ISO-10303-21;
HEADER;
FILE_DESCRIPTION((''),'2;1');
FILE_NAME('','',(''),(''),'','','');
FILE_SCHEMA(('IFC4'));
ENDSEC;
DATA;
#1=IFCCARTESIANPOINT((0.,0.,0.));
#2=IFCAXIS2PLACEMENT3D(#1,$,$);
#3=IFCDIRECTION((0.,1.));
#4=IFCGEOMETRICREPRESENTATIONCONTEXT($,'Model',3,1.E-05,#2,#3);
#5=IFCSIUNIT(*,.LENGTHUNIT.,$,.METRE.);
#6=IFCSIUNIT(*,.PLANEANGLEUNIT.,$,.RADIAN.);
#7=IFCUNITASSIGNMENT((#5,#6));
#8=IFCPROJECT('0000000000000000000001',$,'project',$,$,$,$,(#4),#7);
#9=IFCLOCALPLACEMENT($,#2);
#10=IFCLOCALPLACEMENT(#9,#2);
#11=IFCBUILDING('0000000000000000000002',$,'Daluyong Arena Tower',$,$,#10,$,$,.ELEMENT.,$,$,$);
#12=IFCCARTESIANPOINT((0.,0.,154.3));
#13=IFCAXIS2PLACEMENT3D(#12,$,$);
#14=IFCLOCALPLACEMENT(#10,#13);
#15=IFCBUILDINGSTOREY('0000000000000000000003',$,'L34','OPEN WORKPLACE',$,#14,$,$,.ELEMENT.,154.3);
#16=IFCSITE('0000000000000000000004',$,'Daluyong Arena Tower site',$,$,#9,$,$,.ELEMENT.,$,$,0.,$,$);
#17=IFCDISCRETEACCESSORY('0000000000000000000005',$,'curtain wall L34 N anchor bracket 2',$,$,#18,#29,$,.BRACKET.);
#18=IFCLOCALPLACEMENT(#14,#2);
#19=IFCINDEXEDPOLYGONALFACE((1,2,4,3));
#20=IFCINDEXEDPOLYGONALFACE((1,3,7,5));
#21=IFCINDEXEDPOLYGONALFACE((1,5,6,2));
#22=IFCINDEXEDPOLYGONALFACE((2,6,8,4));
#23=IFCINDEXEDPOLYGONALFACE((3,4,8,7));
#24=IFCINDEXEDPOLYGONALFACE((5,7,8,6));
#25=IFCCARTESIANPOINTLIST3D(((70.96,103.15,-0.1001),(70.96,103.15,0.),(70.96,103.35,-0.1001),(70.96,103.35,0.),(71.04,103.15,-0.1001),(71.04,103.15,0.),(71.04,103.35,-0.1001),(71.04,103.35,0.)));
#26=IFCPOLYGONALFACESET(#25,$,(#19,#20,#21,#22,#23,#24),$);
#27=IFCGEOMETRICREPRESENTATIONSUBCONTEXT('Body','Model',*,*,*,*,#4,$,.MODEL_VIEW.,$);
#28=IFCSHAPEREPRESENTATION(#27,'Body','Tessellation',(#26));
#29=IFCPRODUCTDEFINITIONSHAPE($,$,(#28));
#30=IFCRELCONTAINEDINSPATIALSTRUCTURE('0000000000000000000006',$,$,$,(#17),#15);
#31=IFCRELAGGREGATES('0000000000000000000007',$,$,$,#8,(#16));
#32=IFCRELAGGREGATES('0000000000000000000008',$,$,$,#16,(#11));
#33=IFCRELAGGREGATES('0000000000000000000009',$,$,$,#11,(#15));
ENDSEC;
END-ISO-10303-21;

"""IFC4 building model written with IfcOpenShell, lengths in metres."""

from ifc_helpers import new_model, si_unit, direction, frame, origin, origin_2d, place, context, subcontext, project, spatial, rectangle, extrude, element, save


model = new_model("IFC4")

# Units and contexts
model_context = context("Model", 3, precision=1e-05, world=origin(), true_north=direction((0.0, 1.0)))
body_context = subcontext(model_context, "Body", "Model", "MODEL_VIEW")
ifc_project = project(units=[si_unit("LENGTHUNIT", "METRE"), si_unit("PLANEANGLEUNIT", "RADIAN")], contexts=[model_context])

# Site, building, storey
site_placement = place(None, origin())
site = spatial("IfcSite", under=ifc_project, at=site_placement, Name="Daluyong Arena Tower site", CompositionType="ELEMENT", RefElevation=0.0)
building_placement = place(site_placement, origin())
building = spatial("IfcBuilding", under=site, at=building_placement, Name="Daluyong Arena Tower", CompositionType="ELEMENT")
storey_placement = place(building_placement, frame((0.0, 0.0, 154.3)))
storey = spatial("IfcBuildingStorey", under=building, at=storey_placement, Name="L34", Description="OPEN WORKPLACE", CompositionType="ELEMENT", Elevation=154.3)

# Discrete accessory
discrete_accessory_placement = place(storey_placement, frame((71.0, 103.25, -0.1001), z_axis=(0.0, 0.0, 1.0), x_axis=(-1.0, 0.0, 0.0)))
element("IfcDiscreteAccessory", 1, at=discrete_accessory_placement, inside=storey, Name="curtain wall L34 N anchor bracket 2", PredefinedType="BRACKET", context=body_context, shape_type="SweptSolid", body=[
    extrude(rectangle(XDim=0.0801, YDim=0.2, at=origin_2d()), origin(), (0.0, 0.0, 1.0), 0.1001),
])

save(model, "model.ifc")
